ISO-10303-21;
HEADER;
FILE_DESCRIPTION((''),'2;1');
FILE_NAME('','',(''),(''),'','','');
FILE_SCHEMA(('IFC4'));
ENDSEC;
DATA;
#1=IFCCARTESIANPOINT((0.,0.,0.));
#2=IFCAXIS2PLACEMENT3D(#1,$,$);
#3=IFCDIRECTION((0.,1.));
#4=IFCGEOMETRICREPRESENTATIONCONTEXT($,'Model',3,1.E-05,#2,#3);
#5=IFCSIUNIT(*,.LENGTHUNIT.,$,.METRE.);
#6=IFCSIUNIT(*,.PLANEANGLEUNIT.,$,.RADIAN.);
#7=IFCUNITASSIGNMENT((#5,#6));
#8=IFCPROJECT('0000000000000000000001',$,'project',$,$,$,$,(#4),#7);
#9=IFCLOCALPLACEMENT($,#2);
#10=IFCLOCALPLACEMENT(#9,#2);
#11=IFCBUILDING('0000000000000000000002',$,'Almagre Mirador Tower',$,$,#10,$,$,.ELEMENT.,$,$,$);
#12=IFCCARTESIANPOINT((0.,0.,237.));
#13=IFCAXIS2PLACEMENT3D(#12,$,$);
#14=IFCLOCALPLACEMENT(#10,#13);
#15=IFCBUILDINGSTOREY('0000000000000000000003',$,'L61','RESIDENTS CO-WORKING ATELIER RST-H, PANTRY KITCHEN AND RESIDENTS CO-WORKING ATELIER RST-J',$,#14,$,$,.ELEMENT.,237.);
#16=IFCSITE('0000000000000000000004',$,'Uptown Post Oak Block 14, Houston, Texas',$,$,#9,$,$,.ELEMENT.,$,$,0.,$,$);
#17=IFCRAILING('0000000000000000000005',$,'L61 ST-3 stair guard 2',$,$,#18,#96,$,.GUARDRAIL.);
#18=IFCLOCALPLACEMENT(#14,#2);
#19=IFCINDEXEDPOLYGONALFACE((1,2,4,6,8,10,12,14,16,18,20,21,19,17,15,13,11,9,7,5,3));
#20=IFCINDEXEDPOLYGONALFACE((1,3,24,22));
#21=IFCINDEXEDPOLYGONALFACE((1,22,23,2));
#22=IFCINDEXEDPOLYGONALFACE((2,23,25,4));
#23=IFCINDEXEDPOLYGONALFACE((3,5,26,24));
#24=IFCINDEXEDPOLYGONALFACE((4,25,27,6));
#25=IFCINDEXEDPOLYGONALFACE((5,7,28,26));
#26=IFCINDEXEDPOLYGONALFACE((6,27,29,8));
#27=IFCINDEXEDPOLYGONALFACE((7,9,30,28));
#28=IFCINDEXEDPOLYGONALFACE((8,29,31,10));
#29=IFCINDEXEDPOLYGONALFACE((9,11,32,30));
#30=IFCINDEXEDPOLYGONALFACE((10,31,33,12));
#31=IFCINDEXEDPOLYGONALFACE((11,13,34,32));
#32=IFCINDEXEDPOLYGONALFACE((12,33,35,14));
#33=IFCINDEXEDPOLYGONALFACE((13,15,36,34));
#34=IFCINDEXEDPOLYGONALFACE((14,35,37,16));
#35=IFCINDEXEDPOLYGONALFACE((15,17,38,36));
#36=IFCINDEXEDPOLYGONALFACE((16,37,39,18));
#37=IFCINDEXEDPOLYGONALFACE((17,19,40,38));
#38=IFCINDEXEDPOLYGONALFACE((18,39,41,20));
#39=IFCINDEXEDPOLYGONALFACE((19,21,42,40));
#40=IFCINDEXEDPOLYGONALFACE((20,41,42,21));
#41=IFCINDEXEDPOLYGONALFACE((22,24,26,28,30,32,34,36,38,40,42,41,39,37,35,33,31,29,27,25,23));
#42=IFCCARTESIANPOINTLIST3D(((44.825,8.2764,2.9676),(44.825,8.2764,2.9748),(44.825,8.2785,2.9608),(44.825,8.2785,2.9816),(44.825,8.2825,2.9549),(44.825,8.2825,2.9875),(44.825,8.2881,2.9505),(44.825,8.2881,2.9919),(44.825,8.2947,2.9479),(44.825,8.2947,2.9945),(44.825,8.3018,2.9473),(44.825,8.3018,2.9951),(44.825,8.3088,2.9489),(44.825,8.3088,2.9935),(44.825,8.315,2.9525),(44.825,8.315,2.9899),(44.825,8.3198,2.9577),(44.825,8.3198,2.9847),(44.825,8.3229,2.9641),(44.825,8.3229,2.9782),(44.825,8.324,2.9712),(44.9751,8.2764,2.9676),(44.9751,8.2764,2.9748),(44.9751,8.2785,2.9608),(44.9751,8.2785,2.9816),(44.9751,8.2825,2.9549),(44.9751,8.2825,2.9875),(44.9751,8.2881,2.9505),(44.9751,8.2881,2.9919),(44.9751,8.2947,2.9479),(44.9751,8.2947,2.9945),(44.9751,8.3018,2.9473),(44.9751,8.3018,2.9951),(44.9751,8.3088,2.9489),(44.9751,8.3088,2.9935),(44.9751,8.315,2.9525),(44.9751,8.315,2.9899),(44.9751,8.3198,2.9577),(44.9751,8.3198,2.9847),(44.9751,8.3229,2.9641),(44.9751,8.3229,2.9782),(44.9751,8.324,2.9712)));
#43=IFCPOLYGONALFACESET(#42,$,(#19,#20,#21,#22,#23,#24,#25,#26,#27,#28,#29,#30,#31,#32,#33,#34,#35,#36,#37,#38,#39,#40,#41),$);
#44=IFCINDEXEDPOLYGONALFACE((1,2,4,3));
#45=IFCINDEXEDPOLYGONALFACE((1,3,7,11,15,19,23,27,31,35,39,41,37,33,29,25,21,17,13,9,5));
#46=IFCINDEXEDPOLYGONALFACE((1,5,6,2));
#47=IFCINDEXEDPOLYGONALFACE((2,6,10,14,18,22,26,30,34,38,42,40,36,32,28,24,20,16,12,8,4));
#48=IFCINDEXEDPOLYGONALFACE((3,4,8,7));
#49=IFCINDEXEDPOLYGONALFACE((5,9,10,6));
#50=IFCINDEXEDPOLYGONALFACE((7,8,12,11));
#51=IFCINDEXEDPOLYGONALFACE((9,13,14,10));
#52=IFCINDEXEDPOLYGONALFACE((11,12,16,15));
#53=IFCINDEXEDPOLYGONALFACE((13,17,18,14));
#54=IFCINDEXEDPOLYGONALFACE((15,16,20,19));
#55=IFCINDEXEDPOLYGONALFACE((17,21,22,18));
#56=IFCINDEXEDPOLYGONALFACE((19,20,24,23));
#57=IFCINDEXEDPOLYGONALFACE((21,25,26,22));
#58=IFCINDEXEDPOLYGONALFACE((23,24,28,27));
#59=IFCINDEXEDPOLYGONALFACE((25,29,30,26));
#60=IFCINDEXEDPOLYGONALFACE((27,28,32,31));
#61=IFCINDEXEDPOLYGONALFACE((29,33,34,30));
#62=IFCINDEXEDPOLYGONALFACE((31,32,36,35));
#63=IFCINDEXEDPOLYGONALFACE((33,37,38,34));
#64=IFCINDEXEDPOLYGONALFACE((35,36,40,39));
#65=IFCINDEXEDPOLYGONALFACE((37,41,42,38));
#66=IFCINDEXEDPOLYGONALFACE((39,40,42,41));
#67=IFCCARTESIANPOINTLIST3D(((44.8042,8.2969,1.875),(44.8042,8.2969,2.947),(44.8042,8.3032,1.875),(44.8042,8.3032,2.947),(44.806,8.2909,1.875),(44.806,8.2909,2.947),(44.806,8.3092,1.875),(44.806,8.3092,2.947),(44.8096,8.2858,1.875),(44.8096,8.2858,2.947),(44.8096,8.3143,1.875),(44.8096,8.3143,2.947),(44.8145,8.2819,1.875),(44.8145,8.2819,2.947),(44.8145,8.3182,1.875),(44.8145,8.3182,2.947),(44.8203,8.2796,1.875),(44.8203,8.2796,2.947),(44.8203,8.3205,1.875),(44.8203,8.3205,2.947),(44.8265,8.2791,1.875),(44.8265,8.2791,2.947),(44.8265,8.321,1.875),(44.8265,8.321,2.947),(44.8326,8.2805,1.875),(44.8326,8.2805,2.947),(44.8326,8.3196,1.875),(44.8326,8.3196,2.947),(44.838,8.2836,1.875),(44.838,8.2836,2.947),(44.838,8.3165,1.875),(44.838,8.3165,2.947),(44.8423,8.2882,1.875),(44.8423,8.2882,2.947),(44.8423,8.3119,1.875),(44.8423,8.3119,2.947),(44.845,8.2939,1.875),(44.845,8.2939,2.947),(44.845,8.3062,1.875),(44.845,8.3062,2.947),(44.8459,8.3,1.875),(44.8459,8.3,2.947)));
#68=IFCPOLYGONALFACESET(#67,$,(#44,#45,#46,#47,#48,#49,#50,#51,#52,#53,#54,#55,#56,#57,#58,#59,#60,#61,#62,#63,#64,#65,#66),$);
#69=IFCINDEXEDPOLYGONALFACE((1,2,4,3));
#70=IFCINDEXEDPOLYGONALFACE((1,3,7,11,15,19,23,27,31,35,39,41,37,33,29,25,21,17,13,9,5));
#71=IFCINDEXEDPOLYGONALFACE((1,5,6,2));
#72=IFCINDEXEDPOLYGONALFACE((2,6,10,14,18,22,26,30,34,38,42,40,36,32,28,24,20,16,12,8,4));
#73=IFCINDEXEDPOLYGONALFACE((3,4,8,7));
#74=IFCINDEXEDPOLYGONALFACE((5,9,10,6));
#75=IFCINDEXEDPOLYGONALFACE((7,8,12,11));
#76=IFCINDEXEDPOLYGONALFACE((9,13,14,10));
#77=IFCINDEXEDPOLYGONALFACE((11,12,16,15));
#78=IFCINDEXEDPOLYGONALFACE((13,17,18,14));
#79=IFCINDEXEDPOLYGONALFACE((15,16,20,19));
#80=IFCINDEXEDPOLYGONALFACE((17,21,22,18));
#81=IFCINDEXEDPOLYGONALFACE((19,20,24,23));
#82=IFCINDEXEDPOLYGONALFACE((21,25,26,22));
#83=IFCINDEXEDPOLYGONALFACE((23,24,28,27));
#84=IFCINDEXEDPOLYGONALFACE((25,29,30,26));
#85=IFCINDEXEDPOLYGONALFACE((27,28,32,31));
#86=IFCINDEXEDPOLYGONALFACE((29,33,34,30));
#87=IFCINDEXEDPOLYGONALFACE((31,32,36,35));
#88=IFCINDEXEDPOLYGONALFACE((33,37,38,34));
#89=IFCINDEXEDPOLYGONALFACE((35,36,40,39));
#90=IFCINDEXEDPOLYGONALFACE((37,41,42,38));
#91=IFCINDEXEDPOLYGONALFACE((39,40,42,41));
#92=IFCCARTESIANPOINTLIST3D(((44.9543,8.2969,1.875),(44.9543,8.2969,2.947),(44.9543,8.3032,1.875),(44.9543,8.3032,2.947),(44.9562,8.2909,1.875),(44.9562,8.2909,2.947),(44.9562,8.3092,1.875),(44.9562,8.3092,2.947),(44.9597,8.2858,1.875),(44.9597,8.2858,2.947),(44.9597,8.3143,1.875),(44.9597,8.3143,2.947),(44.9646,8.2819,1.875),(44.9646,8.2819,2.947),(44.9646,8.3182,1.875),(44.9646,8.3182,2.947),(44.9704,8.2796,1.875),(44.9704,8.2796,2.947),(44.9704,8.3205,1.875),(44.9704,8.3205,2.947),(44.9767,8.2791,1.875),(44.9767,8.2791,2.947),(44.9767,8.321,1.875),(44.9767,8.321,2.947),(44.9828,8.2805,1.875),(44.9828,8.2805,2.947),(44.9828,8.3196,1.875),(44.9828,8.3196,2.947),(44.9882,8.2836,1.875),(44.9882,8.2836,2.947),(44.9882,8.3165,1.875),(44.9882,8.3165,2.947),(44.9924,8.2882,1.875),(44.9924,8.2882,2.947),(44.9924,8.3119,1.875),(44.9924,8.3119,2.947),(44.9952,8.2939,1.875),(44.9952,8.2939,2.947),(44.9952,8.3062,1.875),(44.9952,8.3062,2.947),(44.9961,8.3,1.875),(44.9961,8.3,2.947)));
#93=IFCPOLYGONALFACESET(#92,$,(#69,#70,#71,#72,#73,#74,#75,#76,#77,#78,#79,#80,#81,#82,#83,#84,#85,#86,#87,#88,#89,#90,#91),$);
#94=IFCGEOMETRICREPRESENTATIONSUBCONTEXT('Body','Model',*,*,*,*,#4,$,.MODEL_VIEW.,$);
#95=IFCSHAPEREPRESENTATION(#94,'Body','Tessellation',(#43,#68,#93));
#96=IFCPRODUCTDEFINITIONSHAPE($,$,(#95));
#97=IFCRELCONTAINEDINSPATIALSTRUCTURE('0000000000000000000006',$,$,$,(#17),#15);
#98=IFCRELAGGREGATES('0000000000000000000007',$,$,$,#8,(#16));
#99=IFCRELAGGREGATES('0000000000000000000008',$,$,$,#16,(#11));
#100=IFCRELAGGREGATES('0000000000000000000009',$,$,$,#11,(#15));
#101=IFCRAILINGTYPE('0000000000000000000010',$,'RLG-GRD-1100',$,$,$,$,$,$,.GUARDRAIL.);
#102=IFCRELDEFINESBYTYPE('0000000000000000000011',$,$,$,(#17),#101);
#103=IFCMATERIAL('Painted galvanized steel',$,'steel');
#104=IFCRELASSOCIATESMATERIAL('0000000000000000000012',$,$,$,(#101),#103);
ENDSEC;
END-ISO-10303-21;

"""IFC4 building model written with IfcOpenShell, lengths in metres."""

from ifc_helpers import new_model, si_unit, direction, frame, origin, origin_2d, place, context, subcontext, project, spatial, circle, extrude, material, type_object, element, save


model = new_model("IFC4")

# Units and contexts
model_context = context("Model", 3, precision=1e-05, world=origin(), true_north=direction((0.0, 1.0)))
body_context = subcontext(model_context, "Body", "Model", "MODEL_VIEW")
ifc_project = project(units=[si_unit("LENGTHUNIT", "METRE"), si_unit("PLANEANGLEUNIT", "RADIAN")], contexts=[model_context])

# Site, building, storey
site_placement = place(None, origin())
site = spatial("IfcSite", under=ifc_project, at=site_placement, Name="Uptown Post Oak Block 14, Houston, Texas", CompositionType="ELEMENT", RefElevation=0.0)
building_placement = place(site_placement, origin())
building = spatial("IfcBuilding", under=site, at=building_placement, Name="Almagre Mirador Tower", CompositionType="ELEMENT")
storey_placement = place(building_placement, frame((0.0, 0.0, 237.0)))
storey = spatial("IfcBuildingStorey", under=building, at=storey_placement, Name="L61", Description="RESIDENTS CO-WORKING ATELIER RST-H, PANTRY KITCHEN AND RESIDENTS CO-WORKING ATELIER RST-J", CompositionType="ELEMENT", Elevation=237.0)

# Railing
ifc_material_1 = material(Name="Painted galvanized steel", Category="steel")
railing_type_1 = type_object("IfcRailingType", Name="RLG-GRD-1100", PredefinedType="GUARDRAIL", material=ifc_material_1)
railing_1_placement = place(storey_placement, frame((44.825, 8.3, 1.875)))
element("IfcRailing", 1, at=railing_1_placement, inside=storey, type_object=railing_type_1, Name="L61 ST-3 stair guard 2", PredefinedType="GUARDRAIL", context=body_context, shape_type="SweptSolid", body=[
    extrude(circle(Radius=0.0239, at=origin_2d()), frame((0.0, 0.0, 1.0962), z_axis=(1.0, 0.0, 0.0), x_axis=(0.0, 1.0, 0.0)), (0.0, 0.0, 1.0), 0.1501),
    extrude(circle(Radius=0.021, at=origin_2d()), origin(), (0.0, 0.0, 1.0), 1.072),
    extrude(circle(Radius=0.021, at=origin_2d()), frame((0.1501, 0.0, 0.0)), (0.0, 0.0, 1.0), 1.072),
])

save(model, "model.ifc")
